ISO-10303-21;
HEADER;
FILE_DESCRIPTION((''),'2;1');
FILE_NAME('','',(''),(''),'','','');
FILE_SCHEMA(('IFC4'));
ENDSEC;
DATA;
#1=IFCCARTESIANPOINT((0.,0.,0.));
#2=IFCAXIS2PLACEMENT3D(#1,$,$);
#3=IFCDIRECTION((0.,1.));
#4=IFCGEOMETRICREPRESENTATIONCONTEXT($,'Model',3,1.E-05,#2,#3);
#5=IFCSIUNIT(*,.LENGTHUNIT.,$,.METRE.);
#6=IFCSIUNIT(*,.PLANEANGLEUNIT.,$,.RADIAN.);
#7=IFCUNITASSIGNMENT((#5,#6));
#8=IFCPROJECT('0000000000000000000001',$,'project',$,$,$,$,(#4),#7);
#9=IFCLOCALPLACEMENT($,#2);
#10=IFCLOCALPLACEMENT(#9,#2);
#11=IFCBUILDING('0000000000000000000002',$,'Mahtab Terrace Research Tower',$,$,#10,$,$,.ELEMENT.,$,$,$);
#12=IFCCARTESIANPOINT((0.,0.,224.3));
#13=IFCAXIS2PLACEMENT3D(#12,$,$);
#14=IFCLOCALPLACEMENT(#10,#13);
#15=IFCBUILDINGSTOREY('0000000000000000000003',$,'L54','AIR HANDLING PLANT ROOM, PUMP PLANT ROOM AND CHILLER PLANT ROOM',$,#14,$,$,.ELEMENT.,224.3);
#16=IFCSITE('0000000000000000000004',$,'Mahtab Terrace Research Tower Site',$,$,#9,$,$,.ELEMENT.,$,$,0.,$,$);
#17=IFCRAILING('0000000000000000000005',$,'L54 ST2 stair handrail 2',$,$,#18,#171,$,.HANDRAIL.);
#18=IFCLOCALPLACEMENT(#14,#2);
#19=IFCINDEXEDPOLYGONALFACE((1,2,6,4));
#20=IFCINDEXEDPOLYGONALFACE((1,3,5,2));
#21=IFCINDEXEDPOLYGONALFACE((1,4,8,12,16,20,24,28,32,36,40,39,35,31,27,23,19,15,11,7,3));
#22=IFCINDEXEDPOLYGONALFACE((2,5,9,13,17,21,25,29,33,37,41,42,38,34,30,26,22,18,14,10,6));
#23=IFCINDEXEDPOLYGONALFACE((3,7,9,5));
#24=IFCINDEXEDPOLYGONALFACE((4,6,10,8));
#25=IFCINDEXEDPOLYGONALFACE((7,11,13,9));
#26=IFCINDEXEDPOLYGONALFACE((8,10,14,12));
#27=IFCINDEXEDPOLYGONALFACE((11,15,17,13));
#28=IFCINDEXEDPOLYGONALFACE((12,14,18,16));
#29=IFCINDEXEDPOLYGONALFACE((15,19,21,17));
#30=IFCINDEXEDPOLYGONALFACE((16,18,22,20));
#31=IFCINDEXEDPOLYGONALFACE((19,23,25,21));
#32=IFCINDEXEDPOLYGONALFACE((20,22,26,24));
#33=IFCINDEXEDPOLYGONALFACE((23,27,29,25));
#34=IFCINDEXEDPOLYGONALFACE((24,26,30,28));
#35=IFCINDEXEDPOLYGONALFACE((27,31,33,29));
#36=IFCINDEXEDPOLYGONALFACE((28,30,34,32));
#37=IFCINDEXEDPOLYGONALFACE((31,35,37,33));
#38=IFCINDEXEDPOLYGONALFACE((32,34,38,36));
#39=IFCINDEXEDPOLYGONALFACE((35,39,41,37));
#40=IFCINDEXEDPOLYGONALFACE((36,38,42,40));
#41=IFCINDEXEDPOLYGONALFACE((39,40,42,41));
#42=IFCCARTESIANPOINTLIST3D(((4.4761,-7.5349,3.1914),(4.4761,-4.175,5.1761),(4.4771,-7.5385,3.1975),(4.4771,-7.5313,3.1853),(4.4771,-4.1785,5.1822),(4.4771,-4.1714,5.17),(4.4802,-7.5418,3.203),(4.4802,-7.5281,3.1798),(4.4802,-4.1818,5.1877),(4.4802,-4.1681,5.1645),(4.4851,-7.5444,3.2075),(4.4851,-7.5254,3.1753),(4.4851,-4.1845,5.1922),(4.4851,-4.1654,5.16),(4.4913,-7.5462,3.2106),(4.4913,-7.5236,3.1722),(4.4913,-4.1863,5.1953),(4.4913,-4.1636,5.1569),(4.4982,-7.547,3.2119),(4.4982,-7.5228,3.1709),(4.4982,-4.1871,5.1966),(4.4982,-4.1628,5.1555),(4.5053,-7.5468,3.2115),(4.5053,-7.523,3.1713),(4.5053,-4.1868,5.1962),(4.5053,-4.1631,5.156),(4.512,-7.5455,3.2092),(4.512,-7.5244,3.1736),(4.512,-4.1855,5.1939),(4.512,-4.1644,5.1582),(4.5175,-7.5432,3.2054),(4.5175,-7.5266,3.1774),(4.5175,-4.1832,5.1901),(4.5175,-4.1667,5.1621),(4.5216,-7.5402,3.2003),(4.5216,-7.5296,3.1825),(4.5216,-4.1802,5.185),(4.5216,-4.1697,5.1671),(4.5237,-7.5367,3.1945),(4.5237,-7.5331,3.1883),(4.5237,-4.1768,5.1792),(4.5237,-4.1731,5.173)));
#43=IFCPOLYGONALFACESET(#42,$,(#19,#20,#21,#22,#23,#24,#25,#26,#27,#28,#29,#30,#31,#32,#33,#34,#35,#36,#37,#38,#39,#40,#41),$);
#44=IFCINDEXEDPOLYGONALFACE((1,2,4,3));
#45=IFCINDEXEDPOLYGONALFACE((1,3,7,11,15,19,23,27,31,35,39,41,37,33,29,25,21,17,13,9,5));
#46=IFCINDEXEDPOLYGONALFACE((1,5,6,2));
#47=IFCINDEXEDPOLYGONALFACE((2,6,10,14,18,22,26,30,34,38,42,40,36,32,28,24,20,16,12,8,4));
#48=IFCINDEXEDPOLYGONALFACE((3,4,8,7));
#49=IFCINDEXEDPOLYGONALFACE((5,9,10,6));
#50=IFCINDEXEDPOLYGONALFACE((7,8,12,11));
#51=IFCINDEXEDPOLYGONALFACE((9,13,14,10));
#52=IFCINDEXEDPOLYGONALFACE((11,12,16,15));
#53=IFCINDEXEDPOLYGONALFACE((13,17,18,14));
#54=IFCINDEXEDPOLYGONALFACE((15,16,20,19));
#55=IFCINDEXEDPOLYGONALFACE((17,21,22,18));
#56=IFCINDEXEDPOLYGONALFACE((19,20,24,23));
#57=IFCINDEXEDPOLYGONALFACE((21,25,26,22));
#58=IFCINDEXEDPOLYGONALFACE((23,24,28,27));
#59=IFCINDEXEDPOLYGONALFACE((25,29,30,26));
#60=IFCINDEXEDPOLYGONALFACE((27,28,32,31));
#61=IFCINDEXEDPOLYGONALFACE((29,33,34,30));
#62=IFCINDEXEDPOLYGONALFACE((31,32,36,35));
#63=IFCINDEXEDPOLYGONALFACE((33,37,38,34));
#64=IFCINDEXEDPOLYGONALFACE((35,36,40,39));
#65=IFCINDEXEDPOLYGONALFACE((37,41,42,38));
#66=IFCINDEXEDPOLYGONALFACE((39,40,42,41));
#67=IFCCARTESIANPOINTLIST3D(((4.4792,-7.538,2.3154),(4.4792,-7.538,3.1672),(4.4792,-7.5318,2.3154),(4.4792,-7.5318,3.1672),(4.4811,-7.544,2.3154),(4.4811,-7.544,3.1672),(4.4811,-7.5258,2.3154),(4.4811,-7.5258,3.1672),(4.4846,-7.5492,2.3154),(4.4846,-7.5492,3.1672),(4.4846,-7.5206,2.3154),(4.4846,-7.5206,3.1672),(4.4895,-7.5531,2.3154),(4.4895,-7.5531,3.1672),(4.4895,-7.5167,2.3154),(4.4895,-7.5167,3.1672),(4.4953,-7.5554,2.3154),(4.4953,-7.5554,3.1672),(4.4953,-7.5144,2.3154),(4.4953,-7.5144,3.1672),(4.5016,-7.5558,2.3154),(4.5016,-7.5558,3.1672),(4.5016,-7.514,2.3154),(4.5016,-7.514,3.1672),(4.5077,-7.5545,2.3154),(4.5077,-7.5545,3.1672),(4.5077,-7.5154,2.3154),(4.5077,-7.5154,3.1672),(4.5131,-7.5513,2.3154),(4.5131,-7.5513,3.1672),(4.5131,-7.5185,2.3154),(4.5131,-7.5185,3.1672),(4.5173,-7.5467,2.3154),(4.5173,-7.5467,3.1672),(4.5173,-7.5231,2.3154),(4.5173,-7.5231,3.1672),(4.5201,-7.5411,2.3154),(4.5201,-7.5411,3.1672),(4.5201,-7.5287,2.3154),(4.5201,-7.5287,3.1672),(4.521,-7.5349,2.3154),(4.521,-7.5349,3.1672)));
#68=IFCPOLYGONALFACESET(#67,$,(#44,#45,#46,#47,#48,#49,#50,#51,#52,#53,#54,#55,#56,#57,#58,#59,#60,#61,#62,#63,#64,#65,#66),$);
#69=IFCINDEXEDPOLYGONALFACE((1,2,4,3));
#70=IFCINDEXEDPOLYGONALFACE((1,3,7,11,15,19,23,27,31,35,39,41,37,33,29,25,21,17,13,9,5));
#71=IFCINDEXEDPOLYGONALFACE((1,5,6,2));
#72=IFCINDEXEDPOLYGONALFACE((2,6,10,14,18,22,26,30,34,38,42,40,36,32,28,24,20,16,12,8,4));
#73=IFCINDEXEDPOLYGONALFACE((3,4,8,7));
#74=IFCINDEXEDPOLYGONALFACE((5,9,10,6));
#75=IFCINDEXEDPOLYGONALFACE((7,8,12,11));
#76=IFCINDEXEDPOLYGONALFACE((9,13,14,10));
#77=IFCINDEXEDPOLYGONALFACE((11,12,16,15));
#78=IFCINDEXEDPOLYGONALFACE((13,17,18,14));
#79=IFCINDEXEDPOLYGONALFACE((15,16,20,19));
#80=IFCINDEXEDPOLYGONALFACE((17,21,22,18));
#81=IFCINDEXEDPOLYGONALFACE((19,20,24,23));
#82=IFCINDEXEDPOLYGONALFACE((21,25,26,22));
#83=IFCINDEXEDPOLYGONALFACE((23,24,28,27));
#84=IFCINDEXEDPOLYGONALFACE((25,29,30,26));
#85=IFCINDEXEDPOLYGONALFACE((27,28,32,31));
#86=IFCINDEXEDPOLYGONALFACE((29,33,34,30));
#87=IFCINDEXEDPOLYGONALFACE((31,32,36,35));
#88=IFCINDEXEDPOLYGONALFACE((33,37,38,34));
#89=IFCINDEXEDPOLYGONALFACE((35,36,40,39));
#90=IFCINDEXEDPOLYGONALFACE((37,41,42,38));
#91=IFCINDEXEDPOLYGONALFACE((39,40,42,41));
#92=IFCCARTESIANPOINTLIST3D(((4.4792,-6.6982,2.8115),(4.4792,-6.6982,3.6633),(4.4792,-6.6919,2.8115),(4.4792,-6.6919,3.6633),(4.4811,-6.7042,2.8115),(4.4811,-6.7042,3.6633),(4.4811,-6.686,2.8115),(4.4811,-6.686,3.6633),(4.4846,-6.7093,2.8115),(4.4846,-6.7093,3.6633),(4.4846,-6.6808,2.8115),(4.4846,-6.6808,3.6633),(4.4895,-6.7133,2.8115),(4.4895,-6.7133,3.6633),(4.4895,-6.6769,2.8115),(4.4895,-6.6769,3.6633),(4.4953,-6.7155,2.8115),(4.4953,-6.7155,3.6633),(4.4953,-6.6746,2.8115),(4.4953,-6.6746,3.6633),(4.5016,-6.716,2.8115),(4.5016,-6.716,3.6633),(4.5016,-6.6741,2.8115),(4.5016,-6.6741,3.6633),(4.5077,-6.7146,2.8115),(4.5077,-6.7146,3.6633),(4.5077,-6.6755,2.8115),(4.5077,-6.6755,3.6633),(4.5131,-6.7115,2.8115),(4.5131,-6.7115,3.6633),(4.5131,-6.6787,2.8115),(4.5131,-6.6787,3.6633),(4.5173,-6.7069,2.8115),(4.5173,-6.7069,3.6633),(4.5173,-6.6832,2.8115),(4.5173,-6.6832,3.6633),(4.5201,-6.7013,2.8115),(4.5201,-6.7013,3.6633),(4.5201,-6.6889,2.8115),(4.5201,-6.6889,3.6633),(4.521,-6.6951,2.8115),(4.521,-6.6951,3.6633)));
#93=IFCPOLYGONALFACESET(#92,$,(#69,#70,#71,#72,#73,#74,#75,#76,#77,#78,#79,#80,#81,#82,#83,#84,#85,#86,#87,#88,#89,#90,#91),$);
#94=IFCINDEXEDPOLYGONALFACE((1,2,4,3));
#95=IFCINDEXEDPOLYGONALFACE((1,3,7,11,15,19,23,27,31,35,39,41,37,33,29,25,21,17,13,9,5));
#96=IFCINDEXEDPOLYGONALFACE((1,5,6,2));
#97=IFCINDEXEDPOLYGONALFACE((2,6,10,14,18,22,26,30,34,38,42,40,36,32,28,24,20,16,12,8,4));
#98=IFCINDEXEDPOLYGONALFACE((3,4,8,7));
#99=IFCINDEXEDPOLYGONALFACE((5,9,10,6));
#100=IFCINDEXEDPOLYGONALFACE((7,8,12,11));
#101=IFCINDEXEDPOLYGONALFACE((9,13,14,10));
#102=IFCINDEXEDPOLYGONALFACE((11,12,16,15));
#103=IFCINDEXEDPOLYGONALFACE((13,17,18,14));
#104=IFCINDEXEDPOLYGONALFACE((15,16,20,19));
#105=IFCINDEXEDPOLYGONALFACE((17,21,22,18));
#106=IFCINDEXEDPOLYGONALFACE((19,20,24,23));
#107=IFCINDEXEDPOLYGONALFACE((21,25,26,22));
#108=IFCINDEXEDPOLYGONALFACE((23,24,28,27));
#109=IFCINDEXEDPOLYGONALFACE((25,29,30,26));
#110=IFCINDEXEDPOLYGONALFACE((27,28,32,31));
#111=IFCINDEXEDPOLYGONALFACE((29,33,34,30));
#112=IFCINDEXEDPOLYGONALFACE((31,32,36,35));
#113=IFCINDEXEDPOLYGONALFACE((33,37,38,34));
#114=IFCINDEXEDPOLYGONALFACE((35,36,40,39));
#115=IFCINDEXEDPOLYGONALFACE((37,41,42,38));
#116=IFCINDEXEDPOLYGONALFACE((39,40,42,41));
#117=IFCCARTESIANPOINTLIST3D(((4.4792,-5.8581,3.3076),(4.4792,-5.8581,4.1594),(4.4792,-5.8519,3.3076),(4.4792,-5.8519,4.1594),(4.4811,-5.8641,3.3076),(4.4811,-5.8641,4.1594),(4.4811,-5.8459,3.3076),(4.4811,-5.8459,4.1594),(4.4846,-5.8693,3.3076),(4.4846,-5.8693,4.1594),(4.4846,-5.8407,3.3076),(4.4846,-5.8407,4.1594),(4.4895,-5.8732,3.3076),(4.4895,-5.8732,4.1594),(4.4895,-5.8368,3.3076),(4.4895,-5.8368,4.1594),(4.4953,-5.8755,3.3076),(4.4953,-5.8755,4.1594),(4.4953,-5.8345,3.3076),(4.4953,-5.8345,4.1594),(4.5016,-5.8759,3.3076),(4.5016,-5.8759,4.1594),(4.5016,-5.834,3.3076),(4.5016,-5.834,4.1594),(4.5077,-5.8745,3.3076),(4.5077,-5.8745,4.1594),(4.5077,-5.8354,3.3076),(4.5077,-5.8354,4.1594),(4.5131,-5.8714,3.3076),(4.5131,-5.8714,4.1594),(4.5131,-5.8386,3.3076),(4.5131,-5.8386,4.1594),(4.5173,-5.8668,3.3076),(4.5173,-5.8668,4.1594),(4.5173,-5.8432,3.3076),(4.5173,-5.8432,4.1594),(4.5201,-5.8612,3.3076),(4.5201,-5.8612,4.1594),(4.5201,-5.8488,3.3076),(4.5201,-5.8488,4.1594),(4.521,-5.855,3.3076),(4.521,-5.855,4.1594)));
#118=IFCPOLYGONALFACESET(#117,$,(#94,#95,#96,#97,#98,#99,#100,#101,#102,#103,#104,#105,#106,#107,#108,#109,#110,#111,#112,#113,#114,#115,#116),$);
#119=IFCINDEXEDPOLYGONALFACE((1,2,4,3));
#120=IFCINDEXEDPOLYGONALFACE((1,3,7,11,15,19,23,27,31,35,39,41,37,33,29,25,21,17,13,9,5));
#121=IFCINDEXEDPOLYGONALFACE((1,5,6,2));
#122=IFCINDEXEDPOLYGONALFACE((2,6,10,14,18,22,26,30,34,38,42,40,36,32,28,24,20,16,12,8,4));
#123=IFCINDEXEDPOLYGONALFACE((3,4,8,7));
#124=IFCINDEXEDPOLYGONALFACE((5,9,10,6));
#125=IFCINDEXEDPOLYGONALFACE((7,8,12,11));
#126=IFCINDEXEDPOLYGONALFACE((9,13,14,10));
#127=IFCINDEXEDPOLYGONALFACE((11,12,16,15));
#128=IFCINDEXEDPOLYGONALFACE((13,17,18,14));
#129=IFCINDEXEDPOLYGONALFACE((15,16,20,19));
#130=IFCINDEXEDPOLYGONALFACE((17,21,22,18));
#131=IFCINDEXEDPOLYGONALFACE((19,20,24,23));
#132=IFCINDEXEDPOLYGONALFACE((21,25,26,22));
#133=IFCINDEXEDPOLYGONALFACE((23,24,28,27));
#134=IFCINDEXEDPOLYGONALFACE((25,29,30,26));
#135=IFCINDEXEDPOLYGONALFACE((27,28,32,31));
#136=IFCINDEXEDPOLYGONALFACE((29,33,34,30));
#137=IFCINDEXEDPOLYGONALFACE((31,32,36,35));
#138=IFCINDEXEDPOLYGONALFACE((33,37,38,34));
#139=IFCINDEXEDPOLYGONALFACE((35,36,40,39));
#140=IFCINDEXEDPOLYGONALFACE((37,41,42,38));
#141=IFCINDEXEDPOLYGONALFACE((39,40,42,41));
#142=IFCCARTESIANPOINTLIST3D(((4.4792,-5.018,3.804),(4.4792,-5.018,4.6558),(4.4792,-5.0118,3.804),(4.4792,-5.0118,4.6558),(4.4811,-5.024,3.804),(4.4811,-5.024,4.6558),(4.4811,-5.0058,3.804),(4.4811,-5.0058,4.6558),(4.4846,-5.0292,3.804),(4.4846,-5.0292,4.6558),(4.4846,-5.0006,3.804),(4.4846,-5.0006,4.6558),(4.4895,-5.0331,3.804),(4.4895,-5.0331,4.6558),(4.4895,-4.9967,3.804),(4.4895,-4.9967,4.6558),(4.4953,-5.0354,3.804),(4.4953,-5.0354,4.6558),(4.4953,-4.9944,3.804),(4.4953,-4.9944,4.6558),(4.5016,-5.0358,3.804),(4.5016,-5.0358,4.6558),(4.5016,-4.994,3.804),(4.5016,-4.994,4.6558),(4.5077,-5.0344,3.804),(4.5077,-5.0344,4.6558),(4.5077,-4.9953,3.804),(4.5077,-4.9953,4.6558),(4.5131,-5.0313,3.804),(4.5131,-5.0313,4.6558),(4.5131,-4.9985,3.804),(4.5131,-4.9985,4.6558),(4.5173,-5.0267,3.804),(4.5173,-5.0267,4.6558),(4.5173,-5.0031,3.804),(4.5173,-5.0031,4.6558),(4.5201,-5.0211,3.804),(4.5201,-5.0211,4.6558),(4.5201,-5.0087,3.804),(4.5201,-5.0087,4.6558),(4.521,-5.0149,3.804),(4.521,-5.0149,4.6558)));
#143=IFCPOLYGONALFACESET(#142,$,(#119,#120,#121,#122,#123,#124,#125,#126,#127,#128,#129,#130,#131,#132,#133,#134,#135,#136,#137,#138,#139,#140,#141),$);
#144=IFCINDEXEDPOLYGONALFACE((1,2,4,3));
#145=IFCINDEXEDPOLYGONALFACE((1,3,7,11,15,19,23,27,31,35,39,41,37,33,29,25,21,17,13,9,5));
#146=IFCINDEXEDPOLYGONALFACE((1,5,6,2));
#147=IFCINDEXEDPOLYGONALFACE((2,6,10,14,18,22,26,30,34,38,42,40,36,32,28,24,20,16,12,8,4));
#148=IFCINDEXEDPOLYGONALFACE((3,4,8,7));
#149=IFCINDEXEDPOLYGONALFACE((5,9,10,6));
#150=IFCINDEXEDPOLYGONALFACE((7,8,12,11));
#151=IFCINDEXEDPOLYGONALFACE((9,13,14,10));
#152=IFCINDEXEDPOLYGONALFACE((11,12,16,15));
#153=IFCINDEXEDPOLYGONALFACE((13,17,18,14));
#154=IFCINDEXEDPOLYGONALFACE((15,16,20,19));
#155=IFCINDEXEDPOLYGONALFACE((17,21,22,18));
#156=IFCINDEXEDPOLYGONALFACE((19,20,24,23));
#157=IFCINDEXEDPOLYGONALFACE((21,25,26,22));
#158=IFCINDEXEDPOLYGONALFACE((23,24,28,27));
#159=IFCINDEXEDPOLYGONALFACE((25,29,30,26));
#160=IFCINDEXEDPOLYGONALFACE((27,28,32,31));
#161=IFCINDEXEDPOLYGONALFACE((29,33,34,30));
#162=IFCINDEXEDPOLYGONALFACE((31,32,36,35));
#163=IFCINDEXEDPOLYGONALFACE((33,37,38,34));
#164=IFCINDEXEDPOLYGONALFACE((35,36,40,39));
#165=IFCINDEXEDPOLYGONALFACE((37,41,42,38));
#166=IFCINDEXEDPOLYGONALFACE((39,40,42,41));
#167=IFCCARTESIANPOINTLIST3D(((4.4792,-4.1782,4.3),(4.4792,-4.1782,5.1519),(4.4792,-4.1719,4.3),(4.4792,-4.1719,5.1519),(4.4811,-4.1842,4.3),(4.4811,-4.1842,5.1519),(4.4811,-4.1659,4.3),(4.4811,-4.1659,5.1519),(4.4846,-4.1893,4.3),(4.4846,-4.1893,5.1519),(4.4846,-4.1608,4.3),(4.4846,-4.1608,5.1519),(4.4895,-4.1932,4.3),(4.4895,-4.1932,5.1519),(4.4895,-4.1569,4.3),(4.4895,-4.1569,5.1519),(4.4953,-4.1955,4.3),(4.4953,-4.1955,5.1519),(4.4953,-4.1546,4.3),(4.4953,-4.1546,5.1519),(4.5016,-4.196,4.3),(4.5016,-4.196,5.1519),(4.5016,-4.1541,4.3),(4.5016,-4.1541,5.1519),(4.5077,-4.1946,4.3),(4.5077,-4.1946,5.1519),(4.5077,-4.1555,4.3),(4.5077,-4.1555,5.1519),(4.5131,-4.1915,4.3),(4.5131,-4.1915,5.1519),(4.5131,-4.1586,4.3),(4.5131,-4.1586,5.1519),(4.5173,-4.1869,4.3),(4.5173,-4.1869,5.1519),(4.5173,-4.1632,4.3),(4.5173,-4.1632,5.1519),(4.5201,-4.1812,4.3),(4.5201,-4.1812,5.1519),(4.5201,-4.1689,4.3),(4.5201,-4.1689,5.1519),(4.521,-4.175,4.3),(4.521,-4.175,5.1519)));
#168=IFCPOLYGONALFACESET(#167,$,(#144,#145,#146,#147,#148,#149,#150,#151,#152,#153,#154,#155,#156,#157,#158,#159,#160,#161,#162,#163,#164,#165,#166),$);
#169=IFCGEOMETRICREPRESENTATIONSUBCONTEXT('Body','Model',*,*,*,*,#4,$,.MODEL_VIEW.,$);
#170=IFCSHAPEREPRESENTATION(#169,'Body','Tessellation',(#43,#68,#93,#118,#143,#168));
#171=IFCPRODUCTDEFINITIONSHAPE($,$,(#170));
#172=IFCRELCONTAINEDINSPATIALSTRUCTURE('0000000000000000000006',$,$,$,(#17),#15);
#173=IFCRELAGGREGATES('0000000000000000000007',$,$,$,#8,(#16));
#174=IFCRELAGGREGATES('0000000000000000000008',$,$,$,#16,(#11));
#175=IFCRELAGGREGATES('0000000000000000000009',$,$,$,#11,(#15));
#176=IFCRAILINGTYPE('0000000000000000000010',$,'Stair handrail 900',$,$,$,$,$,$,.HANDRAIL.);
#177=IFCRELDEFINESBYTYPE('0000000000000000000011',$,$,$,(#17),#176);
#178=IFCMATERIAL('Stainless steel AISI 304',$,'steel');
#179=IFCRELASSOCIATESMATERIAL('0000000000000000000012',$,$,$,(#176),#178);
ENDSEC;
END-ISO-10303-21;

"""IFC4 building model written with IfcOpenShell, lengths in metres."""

from ifc_helpers import new_model, si_unit, direction, frame, origin, origin_2d, place, context, subcontext, project, spatial, circle, extrude, material, type_object, element, save


model = new_model("IFC4")

# Units and contexts
model_context = context("Model", 3, precision=1e-05, world=origin(), true_north=direction((0.0, 1.0)))
body_context = subcontext(model_context, "Body", "Model", "MODEL_VIEW")
ifc_project = project(units=[si_unit("LENGTHUNIT", "METRE"), si_unit("PLANEANGLEUNIT", "RADIAN")], contexts=[model_context])

# Site, building, storey
site_placement = place(None, origin())
site = spatial("IfcSite", under=ifc_project, at=site_placement, Name="Mahtab Terrace Research Tower Site", CompositionType="ELEMENT", RefElevation=0.0)
building_placement = place(site_placement, origin())
building = spatial("IfcBuilding", under=site, at=building_placement, Name="Mahtab Terrace Research Tower", CompositionType="ELEMENT")
storey_placement = place(building_placement, frame((0.0, 0.0, 224.3)))
storey = spatial("IfcBuildingStorey", under=building, at=storey_placement, Name="L54", Description="AIR HANDLING PLANT ROOM, PUMP PLANT ROOM AND CHILLER PLANT ROOM", CompositionType="ELEMENT", Elevation=224.3)

# Railing
ifc_material_1 = material(Name="Stainless steel AISI 304", Category="steel")
railing_type_1 = type_object("IfcRailingType", Name="Stair handrail 900", PredefinedType="HANDRAIL", material=ifc_material_1)
railing_1_placement = place(storey_placement, frame((4.5, -7.5349, 2.3154)))
element("IfcRailing", 1, at=railing_1_placement, inside=storey, type_object=railing_type_1, Name="L54 ST2 stair handrail 2", PredefinedType="HANDRAIL", context=body_context, shape_type="SweptSolid", body=[
    extrude(circle(Radius=0.0239, at=origin_2d()), frame((0.0, 0.0, 0.876), z_axis=(0.0, 0.861011, 0.508586), x_axis=(-1.0, 0.0, 0.0)), (0.0, 0.0, 1.0), 3.9023),
    extrude(circle(Radius=0.021, at=origin_2d()), origin(), (0.0, 0.0, 1.0), 0.8518),
    extrude(circle(Radius=0.021, at=origin_2d()), frame((0.0, 0.8398, 0.4961)), (0.0, 0.0, 1.0), 0.8518),
    extrude(circle(Radius=0.021, at=origin_2d()), frame((0.0, 1.6799, 0.9922)), (0.0, 0.0, 1.0), 0.8518),
    extrude(circle(Radius=0.021, at=origin_2d()), frame((0.0, 2.52, 1.4885)), (0.0, 0.0, 1.0), 0.8518),
    extrude(circle(Radius=0.021, at=origin_2d()), frame((0.0, 3.3599, 1.9846)), (0.0, 0.0, 1.0), 0.8518),
])

save(model, "model.ifc")
